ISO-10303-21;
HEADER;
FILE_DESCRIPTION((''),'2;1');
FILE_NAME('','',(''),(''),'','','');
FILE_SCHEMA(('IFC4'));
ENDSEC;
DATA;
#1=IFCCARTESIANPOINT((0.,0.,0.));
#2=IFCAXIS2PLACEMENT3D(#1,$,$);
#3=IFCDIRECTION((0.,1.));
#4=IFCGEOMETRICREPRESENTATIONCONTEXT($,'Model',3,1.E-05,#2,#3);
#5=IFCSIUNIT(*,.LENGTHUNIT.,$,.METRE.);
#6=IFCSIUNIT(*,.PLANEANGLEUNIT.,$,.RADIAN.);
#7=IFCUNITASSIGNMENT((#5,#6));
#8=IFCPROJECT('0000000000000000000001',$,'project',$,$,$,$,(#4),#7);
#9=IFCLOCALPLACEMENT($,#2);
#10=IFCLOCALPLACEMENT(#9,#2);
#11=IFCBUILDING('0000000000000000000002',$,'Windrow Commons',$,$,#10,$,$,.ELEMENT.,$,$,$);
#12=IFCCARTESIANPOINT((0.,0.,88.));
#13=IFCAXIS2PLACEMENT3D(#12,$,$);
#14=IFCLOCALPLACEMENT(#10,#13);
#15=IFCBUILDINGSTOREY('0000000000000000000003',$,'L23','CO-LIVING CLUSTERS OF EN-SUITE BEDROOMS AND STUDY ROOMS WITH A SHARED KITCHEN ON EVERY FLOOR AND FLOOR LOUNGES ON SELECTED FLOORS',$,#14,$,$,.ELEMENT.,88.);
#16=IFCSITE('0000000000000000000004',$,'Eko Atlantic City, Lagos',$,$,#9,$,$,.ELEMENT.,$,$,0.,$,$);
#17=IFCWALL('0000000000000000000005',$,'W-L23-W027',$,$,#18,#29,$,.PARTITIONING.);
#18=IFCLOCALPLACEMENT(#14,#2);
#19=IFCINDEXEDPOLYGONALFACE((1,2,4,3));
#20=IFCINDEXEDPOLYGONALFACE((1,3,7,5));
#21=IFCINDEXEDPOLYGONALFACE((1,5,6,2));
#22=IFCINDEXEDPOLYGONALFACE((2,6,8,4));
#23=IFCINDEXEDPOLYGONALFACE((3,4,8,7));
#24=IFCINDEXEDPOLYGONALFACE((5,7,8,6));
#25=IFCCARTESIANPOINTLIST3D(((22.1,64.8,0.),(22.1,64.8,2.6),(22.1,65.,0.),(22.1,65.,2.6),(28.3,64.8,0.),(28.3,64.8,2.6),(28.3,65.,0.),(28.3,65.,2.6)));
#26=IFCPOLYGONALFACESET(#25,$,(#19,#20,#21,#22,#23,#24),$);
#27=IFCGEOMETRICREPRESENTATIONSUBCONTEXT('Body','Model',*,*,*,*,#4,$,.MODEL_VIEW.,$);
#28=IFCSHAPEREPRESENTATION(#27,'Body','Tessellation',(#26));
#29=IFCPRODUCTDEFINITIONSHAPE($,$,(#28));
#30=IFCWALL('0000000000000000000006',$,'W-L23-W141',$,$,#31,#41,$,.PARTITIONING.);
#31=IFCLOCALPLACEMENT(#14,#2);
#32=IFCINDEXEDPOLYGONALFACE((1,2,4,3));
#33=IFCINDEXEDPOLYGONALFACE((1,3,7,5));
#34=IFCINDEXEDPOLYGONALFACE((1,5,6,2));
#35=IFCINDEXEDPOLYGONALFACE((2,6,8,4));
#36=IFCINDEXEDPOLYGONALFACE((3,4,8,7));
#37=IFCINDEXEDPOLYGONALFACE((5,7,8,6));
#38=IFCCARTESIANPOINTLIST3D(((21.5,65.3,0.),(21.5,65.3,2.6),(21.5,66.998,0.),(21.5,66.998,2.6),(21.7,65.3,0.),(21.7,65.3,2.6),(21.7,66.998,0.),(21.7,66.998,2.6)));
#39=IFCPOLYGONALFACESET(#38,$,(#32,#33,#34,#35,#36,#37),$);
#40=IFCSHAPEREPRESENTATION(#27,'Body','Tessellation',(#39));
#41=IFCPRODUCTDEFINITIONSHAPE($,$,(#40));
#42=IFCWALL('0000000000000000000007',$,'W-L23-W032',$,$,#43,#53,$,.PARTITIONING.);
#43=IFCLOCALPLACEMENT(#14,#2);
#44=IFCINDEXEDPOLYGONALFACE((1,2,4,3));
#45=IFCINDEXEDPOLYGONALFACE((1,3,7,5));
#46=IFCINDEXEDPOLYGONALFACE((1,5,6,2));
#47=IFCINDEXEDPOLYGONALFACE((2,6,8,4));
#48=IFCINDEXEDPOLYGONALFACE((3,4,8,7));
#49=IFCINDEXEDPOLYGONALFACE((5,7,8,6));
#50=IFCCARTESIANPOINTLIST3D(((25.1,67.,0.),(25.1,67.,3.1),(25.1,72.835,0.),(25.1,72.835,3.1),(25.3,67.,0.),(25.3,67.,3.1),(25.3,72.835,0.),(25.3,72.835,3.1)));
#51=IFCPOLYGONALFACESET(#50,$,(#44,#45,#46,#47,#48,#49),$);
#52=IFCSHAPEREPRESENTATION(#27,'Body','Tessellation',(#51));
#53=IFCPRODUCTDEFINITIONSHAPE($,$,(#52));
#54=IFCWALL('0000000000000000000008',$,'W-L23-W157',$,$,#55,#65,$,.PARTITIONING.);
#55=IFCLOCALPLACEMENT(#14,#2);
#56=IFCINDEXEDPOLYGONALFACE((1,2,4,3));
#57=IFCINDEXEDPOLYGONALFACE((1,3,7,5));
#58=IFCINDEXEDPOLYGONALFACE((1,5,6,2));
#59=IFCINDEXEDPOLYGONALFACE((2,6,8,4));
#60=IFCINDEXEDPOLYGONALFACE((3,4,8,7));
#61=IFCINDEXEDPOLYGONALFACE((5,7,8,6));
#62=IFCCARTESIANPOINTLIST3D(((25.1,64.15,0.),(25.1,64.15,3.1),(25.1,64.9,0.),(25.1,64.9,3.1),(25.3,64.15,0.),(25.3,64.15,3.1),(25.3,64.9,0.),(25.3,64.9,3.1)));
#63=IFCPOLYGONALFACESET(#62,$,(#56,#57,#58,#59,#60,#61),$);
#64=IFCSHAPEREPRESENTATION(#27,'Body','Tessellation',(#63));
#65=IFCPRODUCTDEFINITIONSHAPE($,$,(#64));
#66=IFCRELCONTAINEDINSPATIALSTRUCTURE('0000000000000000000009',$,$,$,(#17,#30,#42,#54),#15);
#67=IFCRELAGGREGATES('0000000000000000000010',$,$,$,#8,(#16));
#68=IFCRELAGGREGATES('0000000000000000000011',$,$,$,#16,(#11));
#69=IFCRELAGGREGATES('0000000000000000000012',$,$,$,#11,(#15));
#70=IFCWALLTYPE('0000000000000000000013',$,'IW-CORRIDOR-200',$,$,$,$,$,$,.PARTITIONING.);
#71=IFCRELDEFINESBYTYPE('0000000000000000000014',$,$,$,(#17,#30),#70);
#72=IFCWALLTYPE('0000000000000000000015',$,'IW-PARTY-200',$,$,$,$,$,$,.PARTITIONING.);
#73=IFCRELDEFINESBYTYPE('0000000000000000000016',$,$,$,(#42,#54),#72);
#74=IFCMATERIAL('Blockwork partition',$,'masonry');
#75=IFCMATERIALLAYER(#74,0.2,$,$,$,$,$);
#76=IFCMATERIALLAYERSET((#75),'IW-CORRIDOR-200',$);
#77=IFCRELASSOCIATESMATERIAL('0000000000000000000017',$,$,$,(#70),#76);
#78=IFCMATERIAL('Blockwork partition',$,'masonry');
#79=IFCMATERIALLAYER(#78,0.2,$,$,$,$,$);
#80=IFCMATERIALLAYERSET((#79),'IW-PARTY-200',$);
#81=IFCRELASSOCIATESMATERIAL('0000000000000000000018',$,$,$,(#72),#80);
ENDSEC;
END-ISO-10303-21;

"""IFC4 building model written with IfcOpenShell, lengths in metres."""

from ifc_helpers import new_model, si_unit, direction, frame, frame_2d, origin, place, context, subcontext, project, spatial, rectangle, extrude, material, layer, layer_set, type_object, element, save


model = new_model("IFC4")

# Units and contexts
model_context = context("Model", 3, precision=1e-05, world=origin(), true_north=direction((0.0, 1.0)))
body_context = subcontext(model_context, "Body", "Model", "MODEL_VIEW")
ifc_project = project(units=[si_unit("LENGTHUNIT", "METRE"), si_unit("PLANEANGLEUNIT", "RADIAN")], contexts=[model_context])

# Site, building, storey
site_placement = place(None, origin())
site = spatial("IfcSite", under=ifc_project, at=site_placement, Name="Eko Atlantic City, Lagos", CompositionType="ELEMENT", RefElevation=0.0)
building_placement = place(site_placement, origin())
building = spatial("IfcBuilding", under=site, at=building_placement, Name="Windrow Commons", CompositionType="ELEMENT")
storey_placement = place(building_placement, frame((0.0, 0.0, 88.0)))
storey = spatial("IfcBuildingStorey", under=building, at=storey_placement, Name="L23", Description="CO-LIVING CLUSTERS OF EN-SUITE BEDROOMS AND STUDY ROOMS WITH A SHARED KITCHEN ON EVERY FLOOR AND FLOOR LOUNGES ON SELECTED FLOORS", CompositionType="ELEMENT", Elevation=88.0)

# Shared definitions
ifc_material_1 = material(Name="Blockwork partition", Category="masonry")
ifc_layer_1 = layer(ifc_material_1, 0.2)
ifc_layer_set_1 = layer_set([ifc_layer_1], Name="IW-CORRIDOR-200")
wall_type_1 = type_object("IfcWallType", Name="IW-CORRIDOR-200", PredefinedType="PARTITIONING", material=ifc_layer_set_1)

# Walls
wall_1_placement = place(storey_placement, frame((22.1, 64.9, 0.0), z_axis=(0.0, 0.0, 1.0), x_axis=(1.0, 0.0, 0.0)))
element("IfcWall", 1, at=wall_1_placement, inside=storey, type_object=wall_type_1, Name="W-L23-W027", PredefinedType="PARTITIONING", context=body_context, shape_type="SweptSolid", body=[
    extrude(rectangle(XDim=6.2, YDim=0.2, at=frame_2d((3.1, 0.0))), origin(), (0.0, 0.0, 1.0), 2.6),
])
wall_2_placement = place(storey_placement, frame((21.6, 65.3, 0.0), z_axis=(0.0, 0.0, 1.0), x_axis=(0.0, 1.0, 0.0)))
element("IfcWall", 2, at=wall_2_placement, inside=storey, type_object=wall_type_1, Name="W-L23-W141", PredefinedType="PARTITIONING", context=body_context, shape_type="SweptSolid", body=[
    extrude(rectangle(XDim=1.698, YDim=0.2, at=frame_2d((0.849, 0.0))), origin(), (0.0, 0.0, 1.0), 2.6),
])
ifc_material_2 = material(Name="Blockwork partition", Category="masonry")
ifc_layer_2 = layer(ifc_material_2, 0.2)
ifc_layer_set_2 = layer_set([ifc_layer_2], Name="IW-PARTY-200")
wall_type_2 = type_object("IfcWallType", Name="IW-PARTY-200", PredefinedType="PARTITIONING", material=ifc_layer_set_2)
wall_3_placement = place(storey_placement, frame((25.2, 67.0, 0.0), z_axis=(0.0, 0.0, 1.0), x_axis=(0.0, 1.0, 0.0)))
element("IfcWall", 3, at=wall_3_placement, inside=storey, type_object=wall_type_2, Name="W-L23-W032", PredefinedType="PARTITIONING", context=body_context, shape_type="SweptSolid", body=[
    extrude(rectangle(XDim=5.8351, YDim=0.2, at=frame_2d((2.9175, 0.0))), origin(), (0.0, 0.0, 1.0), 3.1),
])
wall_4_placement = place(storey_placement, frame((25.2, 64.15, 0.0), z_axis=(0.0, 0.0, 1.0), x_axis=(0.0, 1.0, 0.0)))
element("IfcWall", 4, at=wall_4_placement, inside=storey, type_object=wall_type_2, Name="W-L23-W157", PredefinedType="PARTITIONING", context=body_context, shape_type="SweptSolid", body=[
    extrude(rectangle(XDim=0.75, YDim=0.2, at=frame_2d((0.375, 0.0))), origin(), (0.0, 0.0, 1.0), 3.1),
])

save(model, "model.ifc")
